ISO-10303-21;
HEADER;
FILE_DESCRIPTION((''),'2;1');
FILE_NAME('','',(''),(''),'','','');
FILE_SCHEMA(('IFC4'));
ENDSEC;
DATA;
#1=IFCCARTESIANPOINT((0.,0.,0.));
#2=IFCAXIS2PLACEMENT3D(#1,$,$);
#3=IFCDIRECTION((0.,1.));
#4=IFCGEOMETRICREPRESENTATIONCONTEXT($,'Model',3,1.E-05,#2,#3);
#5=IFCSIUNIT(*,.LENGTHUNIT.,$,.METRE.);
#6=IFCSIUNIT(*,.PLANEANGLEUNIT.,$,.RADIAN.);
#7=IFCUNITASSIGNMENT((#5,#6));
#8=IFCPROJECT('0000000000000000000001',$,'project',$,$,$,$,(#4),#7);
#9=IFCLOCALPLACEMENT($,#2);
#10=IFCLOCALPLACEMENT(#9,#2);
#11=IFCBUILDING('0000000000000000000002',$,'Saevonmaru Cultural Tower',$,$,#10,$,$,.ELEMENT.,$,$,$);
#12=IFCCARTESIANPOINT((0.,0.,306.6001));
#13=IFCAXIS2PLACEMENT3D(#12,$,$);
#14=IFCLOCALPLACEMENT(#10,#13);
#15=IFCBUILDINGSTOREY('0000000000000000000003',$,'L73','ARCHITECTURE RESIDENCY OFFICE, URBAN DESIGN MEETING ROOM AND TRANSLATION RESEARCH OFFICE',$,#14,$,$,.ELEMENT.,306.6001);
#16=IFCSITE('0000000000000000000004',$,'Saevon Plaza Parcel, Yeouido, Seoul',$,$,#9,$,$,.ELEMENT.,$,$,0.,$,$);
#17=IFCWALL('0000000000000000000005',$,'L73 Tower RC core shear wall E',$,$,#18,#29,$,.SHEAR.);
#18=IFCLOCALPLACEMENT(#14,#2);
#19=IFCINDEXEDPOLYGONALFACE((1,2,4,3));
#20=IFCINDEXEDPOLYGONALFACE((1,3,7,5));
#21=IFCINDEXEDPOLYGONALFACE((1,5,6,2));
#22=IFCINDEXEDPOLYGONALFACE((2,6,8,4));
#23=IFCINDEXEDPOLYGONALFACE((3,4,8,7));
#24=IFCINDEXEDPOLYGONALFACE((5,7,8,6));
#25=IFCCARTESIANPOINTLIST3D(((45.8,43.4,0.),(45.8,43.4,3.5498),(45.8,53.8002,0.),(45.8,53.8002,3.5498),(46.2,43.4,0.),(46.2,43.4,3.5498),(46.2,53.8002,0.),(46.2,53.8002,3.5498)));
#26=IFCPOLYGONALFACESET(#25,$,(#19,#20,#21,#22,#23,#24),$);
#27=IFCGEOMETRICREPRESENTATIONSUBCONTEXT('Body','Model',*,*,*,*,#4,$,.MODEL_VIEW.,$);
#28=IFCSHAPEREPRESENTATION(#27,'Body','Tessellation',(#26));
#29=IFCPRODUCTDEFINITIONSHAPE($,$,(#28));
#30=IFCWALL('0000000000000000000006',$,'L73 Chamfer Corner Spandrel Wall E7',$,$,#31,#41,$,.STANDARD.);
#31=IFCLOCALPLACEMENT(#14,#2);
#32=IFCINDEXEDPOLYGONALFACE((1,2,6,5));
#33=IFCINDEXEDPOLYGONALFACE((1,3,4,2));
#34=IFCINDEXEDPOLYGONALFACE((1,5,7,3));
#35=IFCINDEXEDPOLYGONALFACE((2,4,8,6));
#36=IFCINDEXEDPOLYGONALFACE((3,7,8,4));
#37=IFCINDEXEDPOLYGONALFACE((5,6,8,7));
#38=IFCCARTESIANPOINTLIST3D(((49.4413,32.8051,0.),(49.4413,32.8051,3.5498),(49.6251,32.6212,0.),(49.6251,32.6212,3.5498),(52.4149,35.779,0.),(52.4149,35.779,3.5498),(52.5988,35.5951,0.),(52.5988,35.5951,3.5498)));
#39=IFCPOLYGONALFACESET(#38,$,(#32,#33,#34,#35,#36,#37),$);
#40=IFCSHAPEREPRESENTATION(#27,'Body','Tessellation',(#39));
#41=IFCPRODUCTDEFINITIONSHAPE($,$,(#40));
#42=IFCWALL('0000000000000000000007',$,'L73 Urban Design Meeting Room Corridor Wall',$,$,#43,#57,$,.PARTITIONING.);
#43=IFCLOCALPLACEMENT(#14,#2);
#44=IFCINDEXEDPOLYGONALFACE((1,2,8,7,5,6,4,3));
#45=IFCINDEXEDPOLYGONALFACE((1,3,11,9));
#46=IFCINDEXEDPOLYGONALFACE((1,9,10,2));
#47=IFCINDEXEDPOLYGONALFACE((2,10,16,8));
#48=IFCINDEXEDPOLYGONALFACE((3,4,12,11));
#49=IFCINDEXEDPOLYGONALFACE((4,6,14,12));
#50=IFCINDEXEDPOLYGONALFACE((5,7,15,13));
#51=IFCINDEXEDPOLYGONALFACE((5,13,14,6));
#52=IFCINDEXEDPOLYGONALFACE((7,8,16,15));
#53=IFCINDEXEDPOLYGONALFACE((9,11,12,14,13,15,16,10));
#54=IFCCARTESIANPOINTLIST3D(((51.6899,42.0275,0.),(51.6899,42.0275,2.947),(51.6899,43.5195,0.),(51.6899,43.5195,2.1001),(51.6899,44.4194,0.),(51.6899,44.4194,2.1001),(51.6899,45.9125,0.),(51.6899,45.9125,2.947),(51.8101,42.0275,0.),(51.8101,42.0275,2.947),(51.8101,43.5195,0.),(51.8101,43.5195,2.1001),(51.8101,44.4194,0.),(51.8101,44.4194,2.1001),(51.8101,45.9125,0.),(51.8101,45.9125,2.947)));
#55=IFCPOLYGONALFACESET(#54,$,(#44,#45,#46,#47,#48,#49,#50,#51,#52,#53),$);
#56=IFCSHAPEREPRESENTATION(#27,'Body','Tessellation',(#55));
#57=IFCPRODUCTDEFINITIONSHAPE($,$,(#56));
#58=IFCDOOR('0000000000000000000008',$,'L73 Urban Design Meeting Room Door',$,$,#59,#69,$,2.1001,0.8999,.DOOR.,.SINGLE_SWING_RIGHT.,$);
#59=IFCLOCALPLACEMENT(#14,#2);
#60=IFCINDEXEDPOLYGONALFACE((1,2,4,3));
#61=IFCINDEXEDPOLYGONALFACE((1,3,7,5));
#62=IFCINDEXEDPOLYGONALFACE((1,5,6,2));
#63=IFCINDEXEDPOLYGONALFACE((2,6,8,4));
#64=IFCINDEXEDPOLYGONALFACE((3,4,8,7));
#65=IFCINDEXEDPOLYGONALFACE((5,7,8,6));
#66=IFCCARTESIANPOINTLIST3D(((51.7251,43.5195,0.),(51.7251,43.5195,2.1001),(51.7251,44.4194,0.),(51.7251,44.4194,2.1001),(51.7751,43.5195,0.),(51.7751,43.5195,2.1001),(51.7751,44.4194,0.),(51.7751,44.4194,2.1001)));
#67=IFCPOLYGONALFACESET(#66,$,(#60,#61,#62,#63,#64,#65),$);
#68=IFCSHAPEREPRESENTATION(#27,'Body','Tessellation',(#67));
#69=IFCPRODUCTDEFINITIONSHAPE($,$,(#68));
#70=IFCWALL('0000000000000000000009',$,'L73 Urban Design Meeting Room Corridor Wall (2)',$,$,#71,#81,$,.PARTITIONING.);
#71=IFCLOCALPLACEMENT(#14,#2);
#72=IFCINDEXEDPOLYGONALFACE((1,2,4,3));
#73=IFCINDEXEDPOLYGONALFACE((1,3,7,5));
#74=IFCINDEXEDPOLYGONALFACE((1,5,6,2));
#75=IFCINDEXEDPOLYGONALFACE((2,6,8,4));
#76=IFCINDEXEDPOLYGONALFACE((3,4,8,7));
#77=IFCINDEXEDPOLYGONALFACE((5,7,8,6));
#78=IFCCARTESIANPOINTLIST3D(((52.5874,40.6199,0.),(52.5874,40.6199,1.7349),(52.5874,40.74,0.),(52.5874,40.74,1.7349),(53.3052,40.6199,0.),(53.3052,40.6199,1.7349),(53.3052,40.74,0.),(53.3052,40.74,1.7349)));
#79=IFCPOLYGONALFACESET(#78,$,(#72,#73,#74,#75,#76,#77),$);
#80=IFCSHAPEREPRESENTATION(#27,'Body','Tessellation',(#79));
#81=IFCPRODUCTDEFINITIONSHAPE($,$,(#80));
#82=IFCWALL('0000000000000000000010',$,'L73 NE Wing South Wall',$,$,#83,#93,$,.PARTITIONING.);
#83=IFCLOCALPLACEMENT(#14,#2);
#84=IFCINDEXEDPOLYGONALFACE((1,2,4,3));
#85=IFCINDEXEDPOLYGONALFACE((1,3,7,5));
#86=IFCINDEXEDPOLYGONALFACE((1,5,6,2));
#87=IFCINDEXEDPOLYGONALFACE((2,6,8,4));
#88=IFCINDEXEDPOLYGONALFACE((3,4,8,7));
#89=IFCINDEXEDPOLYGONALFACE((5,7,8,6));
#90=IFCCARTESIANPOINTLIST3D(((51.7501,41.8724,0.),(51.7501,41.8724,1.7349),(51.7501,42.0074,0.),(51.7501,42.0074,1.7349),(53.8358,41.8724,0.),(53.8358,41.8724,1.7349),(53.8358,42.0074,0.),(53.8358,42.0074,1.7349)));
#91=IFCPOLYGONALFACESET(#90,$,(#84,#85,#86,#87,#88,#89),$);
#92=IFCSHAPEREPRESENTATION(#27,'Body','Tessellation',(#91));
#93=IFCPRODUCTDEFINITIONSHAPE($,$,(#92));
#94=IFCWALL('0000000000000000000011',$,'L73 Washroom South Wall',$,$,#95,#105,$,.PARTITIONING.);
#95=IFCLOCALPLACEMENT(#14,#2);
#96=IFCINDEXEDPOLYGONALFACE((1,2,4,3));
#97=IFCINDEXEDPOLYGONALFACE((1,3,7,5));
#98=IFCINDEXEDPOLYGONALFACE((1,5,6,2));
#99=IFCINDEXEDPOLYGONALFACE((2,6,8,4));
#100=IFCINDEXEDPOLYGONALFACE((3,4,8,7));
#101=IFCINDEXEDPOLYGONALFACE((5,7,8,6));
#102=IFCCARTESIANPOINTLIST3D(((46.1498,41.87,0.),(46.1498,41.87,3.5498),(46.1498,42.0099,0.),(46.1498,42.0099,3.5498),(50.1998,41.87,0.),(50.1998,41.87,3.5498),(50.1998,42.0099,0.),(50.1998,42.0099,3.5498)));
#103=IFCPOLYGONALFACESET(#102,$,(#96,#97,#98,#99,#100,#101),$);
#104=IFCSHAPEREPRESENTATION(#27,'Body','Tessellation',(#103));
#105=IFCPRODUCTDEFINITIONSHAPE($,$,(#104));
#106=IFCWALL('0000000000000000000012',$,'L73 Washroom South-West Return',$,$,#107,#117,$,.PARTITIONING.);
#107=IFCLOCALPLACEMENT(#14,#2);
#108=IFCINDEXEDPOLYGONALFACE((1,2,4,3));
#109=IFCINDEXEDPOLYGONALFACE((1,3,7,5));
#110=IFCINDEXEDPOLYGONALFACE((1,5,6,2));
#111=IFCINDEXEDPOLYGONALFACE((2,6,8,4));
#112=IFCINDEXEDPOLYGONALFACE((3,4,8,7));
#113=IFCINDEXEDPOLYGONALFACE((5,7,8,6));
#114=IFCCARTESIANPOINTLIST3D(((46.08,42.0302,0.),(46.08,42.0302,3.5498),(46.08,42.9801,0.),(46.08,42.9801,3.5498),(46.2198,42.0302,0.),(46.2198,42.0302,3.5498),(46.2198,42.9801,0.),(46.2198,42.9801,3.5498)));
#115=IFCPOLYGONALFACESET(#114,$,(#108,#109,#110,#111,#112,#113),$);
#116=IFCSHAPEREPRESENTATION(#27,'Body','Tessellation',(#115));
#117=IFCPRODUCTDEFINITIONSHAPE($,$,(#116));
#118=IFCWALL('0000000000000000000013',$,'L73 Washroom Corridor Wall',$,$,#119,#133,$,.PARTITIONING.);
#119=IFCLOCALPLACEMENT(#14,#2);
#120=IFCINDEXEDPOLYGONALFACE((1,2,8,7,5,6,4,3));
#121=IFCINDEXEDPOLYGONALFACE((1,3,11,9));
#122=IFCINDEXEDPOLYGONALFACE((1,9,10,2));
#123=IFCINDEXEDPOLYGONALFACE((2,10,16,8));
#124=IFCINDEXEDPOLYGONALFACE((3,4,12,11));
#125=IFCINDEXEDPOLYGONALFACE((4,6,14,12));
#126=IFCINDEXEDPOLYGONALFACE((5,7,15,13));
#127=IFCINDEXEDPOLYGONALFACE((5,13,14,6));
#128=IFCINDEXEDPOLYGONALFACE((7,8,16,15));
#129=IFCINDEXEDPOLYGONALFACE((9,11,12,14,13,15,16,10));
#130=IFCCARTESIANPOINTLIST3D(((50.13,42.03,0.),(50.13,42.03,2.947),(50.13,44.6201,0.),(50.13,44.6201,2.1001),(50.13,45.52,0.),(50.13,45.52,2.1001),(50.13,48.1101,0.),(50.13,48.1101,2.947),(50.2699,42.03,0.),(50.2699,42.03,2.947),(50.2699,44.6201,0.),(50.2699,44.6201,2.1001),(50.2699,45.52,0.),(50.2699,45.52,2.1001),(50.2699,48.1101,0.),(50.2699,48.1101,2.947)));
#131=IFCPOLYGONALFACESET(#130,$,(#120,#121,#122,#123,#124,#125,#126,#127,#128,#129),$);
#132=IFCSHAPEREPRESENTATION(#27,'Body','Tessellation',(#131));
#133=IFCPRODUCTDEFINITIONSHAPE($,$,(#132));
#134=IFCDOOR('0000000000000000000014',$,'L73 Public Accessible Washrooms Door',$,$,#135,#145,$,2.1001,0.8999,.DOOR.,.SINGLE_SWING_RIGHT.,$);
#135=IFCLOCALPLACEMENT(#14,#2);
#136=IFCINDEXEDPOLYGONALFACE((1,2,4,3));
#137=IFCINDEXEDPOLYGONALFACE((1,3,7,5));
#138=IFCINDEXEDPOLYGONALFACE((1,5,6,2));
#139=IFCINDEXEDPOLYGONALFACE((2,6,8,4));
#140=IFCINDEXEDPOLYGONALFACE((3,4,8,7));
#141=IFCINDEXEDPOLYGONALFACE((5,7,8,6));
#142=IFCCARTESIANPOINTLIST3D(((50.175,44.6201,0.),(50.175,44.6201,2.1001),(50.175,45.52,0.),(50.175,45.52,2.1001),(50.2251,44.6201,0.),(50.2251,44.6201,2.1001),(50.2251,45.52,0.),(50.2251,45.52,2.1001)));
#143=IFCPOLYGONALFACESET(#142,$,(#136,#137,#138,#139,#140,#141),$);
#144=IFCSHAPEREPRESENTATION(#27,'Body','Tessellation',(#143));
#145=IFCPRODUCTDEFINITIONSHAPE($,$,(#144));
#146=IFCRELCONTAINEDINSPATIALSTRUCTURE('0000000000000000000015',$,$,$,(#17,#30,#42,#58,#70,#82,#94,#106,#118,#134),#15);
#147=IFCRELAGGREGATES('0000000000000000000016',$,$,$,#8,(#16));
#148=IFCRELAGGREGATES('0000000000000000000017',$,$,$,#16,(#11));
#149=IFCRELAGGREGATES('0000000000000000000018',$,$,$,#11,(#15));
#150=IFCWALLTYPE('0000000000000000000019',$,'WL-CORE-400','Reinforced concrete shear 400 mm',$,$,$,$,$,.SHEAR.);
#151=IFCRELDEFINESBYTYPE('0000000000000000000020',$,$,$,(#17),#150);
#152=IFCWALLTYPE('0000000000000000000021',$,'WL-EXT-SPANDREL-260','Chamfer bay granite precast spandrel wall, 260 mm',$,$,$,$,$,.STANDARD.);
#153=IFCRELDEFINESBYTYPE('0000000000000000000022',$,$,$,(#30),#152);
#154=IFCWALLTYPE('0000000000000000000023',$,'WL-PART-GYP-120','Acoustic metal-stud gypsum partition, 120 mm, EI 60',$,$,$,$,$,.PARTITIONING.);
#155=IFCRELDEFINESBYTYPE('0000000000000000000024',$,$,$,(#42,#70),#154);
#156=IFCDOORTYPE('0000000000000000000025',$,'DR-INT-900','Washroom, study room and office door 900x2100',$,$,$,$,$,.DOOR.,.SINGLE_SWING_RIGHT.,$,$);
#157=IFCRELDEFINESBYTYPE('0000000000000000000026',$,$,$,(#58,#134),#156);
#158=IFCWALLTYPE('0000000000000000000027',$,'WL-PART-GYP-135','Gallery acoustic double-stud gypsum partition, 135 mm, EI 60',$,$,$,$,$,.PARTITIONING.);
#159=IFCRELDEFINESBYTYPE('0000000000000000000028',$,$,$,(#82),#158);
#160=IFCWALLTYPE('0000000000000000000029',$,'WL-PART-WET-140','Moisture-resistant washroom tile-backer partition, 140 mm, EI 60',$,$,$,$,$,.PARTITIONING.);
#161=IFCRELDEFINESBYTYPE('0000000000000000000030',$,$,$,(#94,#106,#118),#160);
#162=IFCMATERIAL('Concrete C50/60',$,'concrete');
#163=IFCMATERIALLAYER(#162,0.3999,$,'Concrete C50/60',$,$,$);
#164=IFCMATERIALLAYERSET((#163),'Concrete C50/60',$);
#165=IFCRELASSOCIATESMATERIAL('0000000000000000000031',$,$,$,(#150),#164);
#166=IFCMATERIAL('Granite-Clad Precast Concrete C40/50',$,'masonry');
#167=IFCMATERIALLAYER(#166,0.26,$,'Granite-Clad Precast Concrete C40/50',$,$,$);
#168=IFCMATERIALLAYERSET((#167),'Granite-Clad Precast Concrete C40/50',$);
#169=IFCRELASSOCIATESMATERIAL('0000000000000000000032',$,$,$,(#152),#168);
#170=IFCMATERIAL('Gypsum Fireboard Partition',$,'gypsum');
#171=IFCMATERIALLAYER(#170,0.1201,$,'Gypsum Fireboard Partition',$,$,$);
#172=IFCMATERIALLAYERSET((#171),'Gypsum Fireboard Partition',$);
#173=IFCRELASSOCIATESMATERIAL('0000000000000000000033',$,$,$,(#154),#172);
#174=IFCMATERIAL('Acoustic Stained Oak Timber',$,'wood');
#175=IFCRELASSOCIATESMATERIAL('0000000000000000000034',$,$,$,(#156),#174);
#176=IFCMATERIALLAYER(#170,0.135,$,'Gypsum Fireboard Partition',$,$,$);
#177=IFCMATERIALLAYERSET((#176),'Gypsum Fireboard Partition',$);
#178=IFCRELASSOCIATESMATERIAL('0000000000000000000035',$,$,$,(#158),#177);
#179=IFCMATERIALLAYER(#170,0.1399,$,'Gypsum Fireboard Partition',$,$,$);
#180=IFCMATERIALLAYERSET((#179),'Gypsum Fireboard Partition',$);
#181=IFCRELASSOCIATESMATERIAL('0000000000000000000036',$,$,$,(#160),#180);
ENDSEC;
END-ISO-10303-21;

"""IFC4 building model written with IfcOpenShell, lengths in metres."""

from ifc_helpers import new_model, si_unit, direction, frame, frame_2d, origin, place, context, subcontext, project, spatial, rectangle, extrude, material, layer, layer_set, type_object, element, fill, save


model = new_model("IFC4")

# Units and contexts
model_context = context("Model", 3, precision=1e-05, world=origin(), true_north=direction((0.0, 1.0)))
body_context = subcontext(model_context, "Body", "Model", "MODEL_VIEW")
ifc_project = project(units=[si_unit("LENGTHUNIT", "METRE"), si_unit("PLANEANGLEUNIT", "RADIAN")], contexts=[model_context])

# Site, building, storey
site_placement = place(None, origin())
site = spatial("IfcSite", under=ifc_project, at=site_placement, Name="Saevon Plaza Parcel, Yeouido, Seoul", CompositionType="ELEMENT", RefElevation=0.0)
building_placement = place(site_placement, origin())
building = spatial("IfcBuilding", under=site, at=building_placement, Name="Saevonmaru Cultural Tower", CompositionType="ELEMENT")
storey_placement = place(building_placement, frame((0.0, 0.0, 306.6001)))
storey = spatial("IfcBuildingStorey", under=building, at=storey_placement, Name="L73", Description="ARCHITECTURE RESIDENCY OFFICE, URBAN DESIGN MEETING ROOM AND TRANSLATION RESEARCH OFFICE", CompositionType="ELEMENT", Elevation=306.6001)

# Walls
ifc_material_1 = material(Name="Concrete C50/60", Category="concrete")
ifc_layer_1 = layer(ifc_material_1, 0.3999, Name="Concrete C50/60")
ifc_layer_set_1 = layer_set([ifc_layer_1], Name="Concrete C50/60")
wall_type_1 = type_object("IfcWallType", Name="WL-CORE-400", Description="Reinforced concrete shear 400 mm", PredefinedType="SHEAR", material=ifc_layer_set_1)
wall_1_placement = place(storey_placement, frame((46.0, 43.3999, 0.0), z_axis=(0.0, 0.0, 1.0), x_axis=(0.0, 1.0, 0.0)))
element("IfcWall", 1, at=wall_1_placement, inside=storey, type_object=wall_type_1, Name="L73 Tower RC core shear wall E", PredefinedType="SHEAR", context=body_context, shape_type="SweptSolid", body=[
    extrude(rectangle(XDim=10.4001, YDim=0.3999, at=frame_2d((5.2002, 0.0))), origin(), (0.0, 0.0, 1.0), 3.5498),
])
ifc_material_2 = material(Name="Granite-Clad Precast Concrete C40/50", Category="masonry")
ifc_layer_2 = layer(ifc_material_2, 0.26, Name="Granite-Clad Precast Concrete C40/50")
ifc_layer_set_2 = layer_set([ifc_layer_2], Name="Granite-Clad Precast Concrete C40/50")
wall_type_2 = type_object("IfcWallType", Name="WL-EXT-SPANDREL-260", Description="Chamfer bay granite precast spandrel wall, 260 mm", PredefinedType="STANDARD", material=ifc_layer_set_2)
wall_2_placement = place(storey_placement, frame((49.5332, 32.7131, 0.0), z_axis=(0.0, 0.0, 1.0), x_axis=(0.707078, 0.707136, 0.0)))
element("IfcWall", 2, at=wall_2_placement, inside=storey, type_object=wall_type_2, Name="L73 Chamfer Corner Spandrel Wall E7", PredefinedType="STANDARD", context=body_context, shape_type="SweptSolid", body=[
    extrude(rectangle(XDim=4.2056, YDim=0.26, at=frame_2d((2.1028, 0.0))), origin(), (0.0, 0.0, 1.0), 3.5498),
])

# Wall, opening, door
ifc_material_3 = material(Name="Gypsum Fireboard Partition", Category="gypsum")
ifc_layer_3 = layer(ifc_material_3, 0.1201, Name="Gypsum Fireboard Partition")
ifc_layer_set_3 = layer_set([ifc_layer_3], Name="Gypsum Fireboard Partition")
wall_type_3 = type_object("IfcWallType", Name="WL-PART-GYP-120", Description="Acoustic metal-stud gypsum partition, 120 mm, EI 60", PredefinedType="PARTITIONING", material=ifc_layer_set_3)
wall_3_placement = place(storey_placement, frame((51.75, 42.0276, 0.0), z_axis=(0.0, 0.0, 1.0), x_axis=(0.0, 1.0, 0.0)))
wall_3 = element("IfcWall", 3, at=wall_3_placement, inside=storey, type_object=wall_type_3, Name="L73 Urban Design Meeting Room Corridor Wall", PredefinedType="PARTITIONING", context=body_context, shape_type="SweptSolid", body=[
    extrude(rectangle(XDim=3.885, YDim=0.1201, at=frame_2d((1.9424, 0.0))), origin(), (0.0, 0.0, 1.0), 2.947),
])
opening_1_placement = place(wall_3_placement, frame((1.4919, 0.0, 0.0)))
opening_1 = element("IfcOpeningElement", 4, at=opening_1_placement, cuts=wall_3, PredefinedType="OPENING", context=body_context, shape_type="SweptSolid", body=[
    extrude(rectangle(XDim=0.8999, YDim=2.1001, at=frame_2d((0.45, 1.05))), frame((0.0, 0.0701, 0.0), z_axis=(0.0, -1.0, 0.0), x_axis=(1.0, 0.0, 0.0)), (0.0, 0.0, 1.0), 0.1401),
])
ifc_material_4 = material(Name="Acoustic Stained Oak Timber", Category="wood")
door_type = type_object("IfcDoorType", Name="DR-INT-900", Description="Washroom, study room and office door 900x2100", OperationType="SINGLE_SWING_RIGHT", PredefinedType="DOOR", material=ifc_material_4)
door_1_placement = place(opening_1_placement, origin())
door_1 = element("IfcDoor", 5, at=door_1_placement, inside=storey, type_object=door_type, Name="L73 Urban Design Meeting Room Door", OperationType="SINGLE_SWING_RIGHT", OverallHeight=2.1001, OverallWidth=0.8999, PredefinedType="DOOR", context=body_context, shape_type="SweptSolid", body=[
    extrude(rectangle(XDim=0.8999, YDim=2.1001, at=frame_2d((0.45, 1.05))), frame((0.0, 0.0249, 0.0), z_axis=(0.0, -1.0, 0.0), x_axis=(1.0, 0.0, 0.0)), (0.0, 0.0, 1.0), 0.05),
])
fill(opening_1, door_1)

# Walls
wall_4_placement = place(storey_placement, frame((52.5874, 40.6799, 0.0), z_axis=(0.0, 0.0, 1.0), x_axis=(1.0, 0.0, 0.0)))
element("IfcWall", 6, at=wall_4_placement, inside=storey, type_object=wall_type_3, Name="L73 Urban Design Meeting Room Corridor Wall (2)", PredefinedType="PARTITIONING", context=body_context, shape_type="SweptSolid", body=[
    extrude(rectangle(XDim=0.7178, YDim=0.1201, at=frame_2d((0.3589, 0.0))), origin(), (0.0, 0.0, 1.0), 1.7349),
])
ifc_layer_4 = layer(ifc_material_3, 0.135, Name="Gypsum Fireboard Partition")
ifc_layer_set_4 = layer_set([ifc_layer_4], Name="Gypsum Fireboard Partition")
wall_type_4 = type_object("IfcWallType", Name="WL-PART-GYP-135", Description="Gallery acoustic double-stud gypsum partition, 135 mm, EI 60", PredefinedType="PARTITIONING", material=ifc_layer_set_4)
wall_5_placement = place(storey_placement, frame((51.75, 41.9399, 0.0), z_axis=(0.0, 0.0, 1.0), x_axis=(1.0, 0.0, 0.0)))
element("IfcWall", 7, at=wall_5_placement, inside=storey, type_object=wall_type_4, Name="L73 NE Wing South Wall", PredefinedType="PARTITIONING", context=body_context, shape_type="SweptSolid", body=[
    extrude(rectangle(XDim=2.0857, YDim=0.135, at=frame_2d((1.043, 0.0))), origin(), (0.0, 0.0, 1.0), 1.7349),
])
ifc_layer_5 = layer(ifc_material_3, 0.1399, Name="Gypsum Fireboard Partition")
ifc_layer_set_5 = layer_set([ifc_layer_5], Name="Gypsum Fireboard Partition")
wall_type_5 = type_object("IfcWallType", Name="WL-PART-WET-140", Description="Moisture-resistant washroom tile-backer partition, 140 mm, EI 60", PredefinedType="PARTITIONING", material=ifc_layer_set_5)
wall_6_placement = place(storey_placement, frame((46.1499, 41.9399, 0.0), z_axis=(0.0, 0.0, 1.0), x_axis=(1.0, 0.0, 0.0)))
element("IfcWall", 8, at=wall_6_placement, inside=storey, type_object=wall_type_5, Name="L73 Washroom South Wall", PredefinedType="PARTITIONING", context=body_context, shape_type="SweptSolid", body=[
    extrude(rectangle(XDim=4.05, YDim=0.1399, at=frame_2d((2.0249, 0.0))), origin(), (0.0, 0.0, 1.0), 3.5498),
])
wall_7_placement = place(storey_placement, frame((46.1499, 42.03, 0.0), z_axis=(0.0, 0.0, 1.0), x_axis=(0.0, 1.0, 0.0)))
element("IfcWall", 9, at=wall_7_placement, inside=storey, type_object=wall_type_5, Name="L73 Washroom South-West Return", PredefinedType="PARTITIONING", context=body_context, shape_type="SweptSolid", body=[
    extrude(rectangle(XDim=0.95, YDim=0.1399, at=frame_2d((0.4751, 0.0))), origin(), (0.0, 0.0, 1.0), 3.5498),
])

# Wall, opening, door
wall_8_placement = place(storey_placement, frame((50.2, 42.03, 0.0), z_axis=(0.0, 0.0, 1.0), x_axis=(0.0, 1.0, 0.0)))
wall_8 = element("IfcWall", 10, at=wall_8_placement, inside=storey, type_object=wall_type_5, Name="L73 Washroom Corridor Wall", PredefinedType="PARTITIONING", context=body_context, shape_type="SweptSolid", body=[
    extrude(rectangle(XDim=6.0801, YDim=0.1399, at=frame_2d((3.04, 0.0))), origin(), (0.0, 0.0, 1.0), 2.947),
])
opening_2_placement = place(wall_8_placement, frame((2.5901, 0.0, 0.0)))
opening_2 = element("IfcOpeningElement", 11, at=opening_2_placement, cuts=wall_8, PredefinedType="OPENING", context=body_context, shape_type="SweptSolid", body=[
    extrude(rectangle(XDim=0.8999, YDim=2.1001, at=frame_2d((0.45, 1.05))), frame((0.0, 0.0801, 0.0), z_axis=(0.0, -1.0, 0.0), x_axis=(1.0, 0.0, 0.0)), (0.0, 0.0, 1.0), 0.1599),
])
door_2_placement = place(opening_2_placement, origin())
door_2 = element("IfcDoor", 12, at=door_2_placement, inside=storey, type_object=door_type, Name="L73 Public Accessible Washrooms Door", OperationType="SINGLE_SWING_RIGHT", OverallHeight=2.1001, OverallWidth=0.8999, PredefinedType="DOOR", context=body_context, shape_type="SweptSolid", body=[
    extrude(rectangle(XDim=0.8999, YDim=2.1001, at=frame_2d((0.45, 1.05))), frame((0.0, 0.0249, 0.0), z_axis=(0.0, -1.0, 0.0), x_axis=(1.0, 0.0, 0.0)), (0.0, 0.0, 1.0), 0.05),
])
fill(opening_2, door_2)

save(model, "model.ifc")
